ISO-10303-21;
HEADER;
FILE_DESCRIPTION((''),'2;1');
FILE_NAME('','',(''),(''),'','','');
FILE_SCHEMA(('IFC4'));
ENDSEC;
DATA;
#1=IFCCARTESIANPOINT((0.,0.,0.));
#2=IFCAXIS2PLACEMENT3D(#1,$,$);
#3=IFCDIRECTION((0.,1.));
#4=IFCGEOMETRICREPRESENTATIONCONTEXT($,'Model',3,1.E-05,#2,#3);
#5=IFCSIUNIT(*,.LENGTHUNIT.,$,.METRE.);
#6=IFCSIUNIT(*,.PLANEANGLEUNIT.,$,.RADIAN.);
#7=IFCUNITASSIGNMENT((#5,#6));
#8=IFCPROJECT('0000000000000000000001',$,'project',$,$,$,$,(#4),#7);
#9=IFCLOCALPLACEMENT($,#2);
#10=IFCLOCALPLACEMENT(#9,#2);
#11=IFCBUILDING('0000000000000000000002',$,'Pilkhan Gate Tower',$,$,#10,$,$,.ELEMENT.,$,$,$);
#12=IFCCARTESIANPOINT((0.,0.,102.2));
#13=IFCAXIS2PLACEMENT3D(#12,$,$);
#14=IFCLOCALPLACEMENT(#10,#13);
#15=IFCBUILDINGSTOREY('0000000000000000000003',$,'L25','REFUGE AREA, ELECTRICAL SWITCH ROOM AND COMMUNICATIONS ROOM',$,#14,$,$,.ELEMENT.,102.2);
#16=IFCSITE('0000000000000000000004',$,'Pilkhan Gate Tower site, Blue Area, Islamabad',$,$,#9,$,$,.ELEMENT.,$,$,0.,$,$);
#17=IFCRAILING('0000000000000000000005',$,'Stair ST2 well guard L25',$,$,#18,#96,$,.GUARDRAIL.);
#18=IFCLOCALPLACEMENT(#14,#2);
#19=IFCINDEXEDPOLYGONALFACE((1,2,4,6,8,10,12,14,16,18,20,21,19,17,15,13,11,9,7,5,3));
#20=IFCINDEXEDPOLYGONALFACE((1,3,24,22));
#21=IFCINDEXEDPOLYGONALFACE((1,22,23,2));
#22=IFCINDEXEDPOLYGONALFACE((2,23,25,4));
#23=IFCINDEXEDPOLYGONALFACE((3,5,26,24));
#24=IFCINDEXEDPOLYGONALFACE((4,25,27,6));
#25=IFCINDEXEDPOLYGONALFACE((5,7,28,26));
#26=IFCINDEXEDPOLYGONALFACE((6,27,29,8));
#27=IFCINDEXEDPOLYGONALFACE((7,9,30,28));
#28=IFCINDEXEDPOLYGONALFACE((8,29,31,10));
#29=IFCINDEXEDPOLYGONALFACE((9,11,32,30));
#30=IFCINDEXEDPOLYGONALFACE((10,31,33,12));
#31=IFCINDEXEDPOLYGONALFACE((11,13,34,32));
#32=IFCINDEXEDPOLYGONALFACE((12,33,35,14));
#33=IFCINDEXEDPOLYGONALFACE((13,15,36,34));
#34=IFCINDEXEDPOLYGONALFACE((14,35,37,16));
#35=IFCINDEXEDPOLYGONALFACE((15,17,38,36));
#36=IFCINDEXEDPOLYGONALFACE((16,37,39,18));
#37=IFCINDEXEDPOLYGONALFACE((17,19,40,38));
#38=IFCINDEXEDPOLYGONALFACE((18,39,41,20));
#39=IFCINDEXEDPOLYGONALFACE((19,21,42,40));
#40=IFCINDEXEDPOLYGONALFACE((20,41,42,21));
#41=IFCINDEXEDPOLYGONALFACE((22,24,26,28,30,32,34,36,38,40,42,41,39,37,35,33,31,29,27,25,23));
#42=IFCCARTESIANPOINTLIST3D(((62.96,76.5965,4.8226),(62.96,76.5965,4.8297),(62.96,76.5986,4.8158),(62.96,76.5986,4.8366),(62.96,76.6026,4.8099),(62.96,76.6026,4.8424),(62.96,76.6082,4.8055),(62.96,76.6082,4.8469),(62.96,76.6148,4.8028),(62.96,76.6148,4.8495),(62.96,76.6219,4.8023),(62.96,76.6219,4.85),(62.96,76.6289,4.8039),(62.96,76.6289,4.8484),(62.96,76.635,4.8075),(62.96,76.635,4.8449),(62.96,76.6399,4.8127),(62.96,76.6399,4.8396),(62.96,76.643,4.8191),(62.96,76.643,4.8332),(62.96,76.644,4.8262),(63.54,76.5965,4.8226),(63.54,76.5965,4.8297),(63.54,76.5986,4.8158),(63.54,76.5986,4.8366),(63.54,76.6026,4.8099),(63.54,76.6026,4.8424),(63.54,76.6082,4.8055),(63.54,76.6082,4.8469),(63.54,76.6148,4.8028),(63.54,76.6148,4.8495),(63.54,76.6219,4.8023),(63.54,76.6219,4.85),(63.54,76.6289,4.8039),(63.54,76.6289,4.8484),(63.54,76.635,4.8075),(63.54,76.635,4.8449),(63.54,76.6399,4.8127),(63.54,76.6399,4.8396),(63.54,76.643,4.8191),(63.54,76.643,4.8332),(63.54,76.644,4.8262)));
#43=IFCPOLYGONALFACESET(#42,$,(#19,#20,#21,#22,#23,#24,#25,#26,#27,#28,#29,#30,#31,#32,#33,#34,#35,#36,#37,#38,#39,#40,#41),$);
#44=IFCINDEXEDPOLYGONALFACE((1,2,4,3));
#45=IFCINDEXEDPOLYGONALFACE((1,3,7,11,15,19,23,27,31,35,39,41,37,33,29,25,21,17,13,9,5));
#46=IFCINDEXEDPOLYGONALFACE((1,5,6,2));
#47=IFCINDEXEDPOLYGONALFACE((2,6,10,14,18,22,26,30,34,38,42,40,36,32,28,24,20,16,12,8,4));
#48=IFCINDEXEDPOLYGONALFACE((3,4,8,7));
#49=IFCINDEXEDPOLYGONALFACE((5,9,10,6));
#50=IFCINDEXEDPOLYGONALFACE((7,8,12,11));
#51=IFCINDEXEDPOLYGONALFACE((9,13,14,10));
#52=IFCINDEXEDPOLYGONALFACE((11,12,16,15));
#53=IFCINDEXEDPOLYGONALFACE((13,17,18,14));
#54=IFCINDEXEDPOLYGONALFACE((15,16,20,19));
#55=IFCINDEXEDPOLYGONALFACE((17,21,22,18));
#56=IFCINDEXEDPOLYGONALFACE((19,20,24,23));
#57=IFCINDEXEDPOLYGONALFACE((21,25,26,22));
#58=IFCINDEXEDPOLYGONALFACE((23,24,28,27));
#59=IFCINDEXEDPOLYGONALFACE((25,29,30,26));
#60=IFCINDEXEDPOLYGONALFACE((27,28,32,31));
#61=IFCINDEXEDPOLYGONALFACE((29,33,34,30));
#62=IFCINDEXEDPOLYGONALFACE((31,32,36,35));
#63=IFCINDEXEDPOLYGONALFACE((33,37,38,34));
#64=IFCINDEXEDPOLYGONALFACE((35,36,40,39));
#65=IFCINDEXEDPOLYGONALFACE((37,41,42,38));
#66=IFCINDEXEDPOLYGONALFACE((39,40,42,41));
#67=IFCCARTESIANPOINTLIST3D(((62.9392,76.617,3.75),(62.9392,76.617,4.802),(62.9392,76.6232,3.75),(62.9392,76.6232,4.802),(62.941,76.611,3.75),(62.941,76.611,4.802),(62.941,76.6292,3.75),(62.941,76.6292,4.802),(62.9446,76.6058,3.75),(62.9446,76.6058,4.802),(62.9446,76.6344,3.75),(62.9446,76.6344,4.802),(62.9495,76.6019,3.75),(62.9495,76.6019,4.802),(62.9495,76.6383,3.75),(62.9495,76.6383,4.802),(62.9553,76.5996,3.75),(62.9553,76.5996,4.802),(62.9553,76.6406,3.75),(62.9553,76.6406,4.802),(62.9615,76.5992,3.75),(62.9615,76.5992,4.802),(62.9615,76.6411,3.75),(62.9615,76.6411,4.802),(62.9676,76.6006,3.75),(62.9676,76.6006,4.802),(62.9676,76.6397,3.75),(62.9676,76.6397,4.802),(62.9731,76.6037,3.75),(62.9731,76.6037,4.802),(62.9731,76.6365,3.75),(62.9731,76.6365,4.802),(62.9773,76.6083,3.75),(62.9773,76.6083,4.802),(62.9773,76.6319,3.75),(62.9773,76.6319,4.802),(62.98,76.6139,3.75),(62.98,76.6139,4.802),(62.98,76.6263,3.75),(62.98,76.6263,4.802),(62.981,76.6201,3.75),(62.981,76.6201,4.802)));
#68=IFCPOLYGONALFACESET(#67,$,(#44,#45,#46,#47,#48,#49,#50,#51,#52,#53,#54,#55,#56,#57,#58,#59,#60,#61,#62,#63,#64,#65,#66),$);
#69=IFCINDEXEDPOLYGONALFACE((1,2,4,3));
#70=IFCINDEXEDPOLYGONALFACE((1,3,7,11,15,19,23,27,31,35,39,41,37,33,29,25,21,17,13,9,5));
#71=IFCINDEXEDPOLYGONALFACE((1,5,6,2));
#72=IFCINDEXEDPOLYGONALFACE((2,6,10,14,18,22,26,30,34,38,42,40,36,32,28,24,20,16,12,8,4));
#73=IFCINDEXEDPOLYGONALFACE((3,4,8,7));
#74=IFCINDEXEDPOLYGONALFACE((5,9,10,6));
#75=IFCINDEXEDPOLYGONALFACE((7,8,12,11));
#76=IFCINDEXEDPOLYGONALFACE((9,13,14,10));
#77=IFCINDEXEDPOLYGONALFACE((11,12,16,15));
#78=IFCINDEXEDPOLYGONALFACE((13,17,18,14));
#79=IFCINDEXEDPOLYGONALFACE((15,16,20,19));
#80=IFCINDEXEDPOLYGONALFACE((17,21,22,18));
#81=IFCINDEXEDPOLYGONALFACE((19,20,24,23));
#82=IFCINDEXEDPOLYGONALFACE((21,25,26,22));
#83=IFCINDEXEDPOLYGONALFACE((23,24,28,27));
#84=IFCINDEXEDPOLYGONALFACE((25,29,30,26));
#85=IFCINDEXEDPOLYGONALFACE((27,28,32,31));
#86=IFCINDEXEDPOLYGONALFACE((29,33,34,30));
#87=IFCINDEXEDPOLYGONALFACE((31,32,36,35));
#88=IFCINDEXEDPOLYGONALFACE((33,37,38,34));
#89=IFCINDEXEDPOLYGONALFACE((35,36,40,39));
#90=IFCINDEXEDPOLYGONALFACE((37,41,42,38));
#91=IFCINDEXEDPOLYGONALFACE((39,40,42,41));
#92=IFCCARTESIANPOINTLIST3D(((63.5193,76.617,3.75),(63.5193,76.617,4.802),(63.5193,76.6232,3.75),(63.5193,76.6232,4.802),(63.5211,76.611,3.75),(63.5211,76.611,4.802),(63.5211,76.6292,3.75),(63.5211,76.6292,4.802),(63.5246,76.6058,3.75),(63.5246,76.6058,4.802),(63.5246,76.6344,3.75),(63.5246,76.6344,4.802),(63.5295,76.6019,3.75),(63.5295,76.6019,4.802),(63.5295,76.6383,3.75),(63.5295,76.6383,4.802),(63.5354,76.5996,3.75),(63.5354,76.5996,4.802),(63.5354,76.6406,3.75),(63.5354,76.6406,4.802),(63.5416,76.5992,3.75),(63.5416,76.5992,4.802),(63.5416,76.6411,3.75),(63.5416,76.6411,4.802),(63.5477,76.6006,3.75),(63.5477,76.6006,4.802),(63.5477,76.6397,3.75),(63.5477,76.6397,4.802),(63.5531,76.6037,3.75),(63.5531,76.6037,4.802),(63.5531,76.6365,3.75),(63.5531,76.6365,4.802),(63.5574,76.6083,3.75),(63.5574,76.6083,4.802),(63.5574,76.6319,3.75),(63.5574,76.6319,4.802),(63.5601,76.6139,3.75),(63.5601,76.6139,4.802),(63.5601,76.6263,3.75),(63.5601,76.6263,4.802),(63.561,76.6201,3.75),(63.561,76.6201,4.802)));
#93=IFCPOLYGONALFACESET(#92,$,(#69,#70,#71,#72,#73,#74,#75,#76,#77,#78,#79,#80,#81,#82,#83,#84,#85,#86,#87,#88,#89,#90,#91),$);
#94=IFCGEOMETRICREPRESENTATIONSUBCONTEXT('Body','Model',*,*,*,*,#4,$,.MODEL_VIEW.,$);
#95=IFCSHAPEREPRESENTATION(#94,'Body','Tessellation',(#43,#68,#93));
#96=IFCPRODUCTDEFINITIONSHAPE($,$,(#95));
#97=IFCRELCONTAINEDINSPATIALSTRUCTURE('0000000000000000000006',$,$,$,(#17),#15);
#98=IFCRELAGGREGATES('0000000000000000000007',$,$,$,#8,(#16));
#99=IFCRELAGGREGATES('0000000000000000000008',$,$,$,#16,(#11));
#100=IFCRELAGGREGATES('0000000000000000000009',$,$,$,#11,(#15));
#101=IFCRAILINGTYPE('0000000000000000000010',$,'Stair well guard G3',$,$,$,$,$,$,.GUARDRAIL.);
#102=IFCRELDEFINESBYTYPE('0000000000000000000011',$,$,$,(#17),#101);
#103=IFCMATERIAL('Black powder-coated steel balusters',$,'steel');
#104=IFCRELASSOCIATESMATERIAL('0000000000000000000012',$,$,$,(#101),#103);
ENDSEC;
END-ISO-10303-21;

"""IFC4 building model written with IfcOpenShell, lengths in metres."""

from ifc_helpers import new_model, si_unit, direction, frame, origin, origin_2d, place, context, subcontext, project, spatial, circle, extrude, material, type_object, element, save


model = new_model("IFC4")

# Units and contexts
model_context = context("Model", 3, precision=1e-05, world=origin(), true_north=direction((0.0, 1.0)))
body_context = subcontext(model_context, "Body", "Model", "MODEL_VIEW")
ifc_project = project(units=[si_unit("LENGTHUNIT", "METRE"), si_unit("PLANEANGLEUNIT", "RADIAN")], contexts=[model_context])

# Site, building, storey
site_placement = place(None, origin())
site = spatial("IfcSite", under=ifc_project, at=site_placement, Name="Pilkhan Gate Tower site, Blue Area, Islamabad", CompositionType="ELEMENT", RefElevation=0.0)
building_placement = place(site_placement, origin())
building = spatial("IfcBuilding", under=site, at=building_placement, Name="Pilkhan Gate Tower", CompositionType="ELEMENT")
storey_placement = place(building_placement, frame((0.0, 0.0, 102.2)))
storey = spatial("IfcBuildingStorey", under=building, at=storey_placement, Name="L25", Description="REFUGE AREA, ELECTRICAL SWITCH ROOM AND COMMUNICATIONS ROOM", CompositionType="ELEMENT", Elevation=102.2)

# Railing
ifc_material_1 = material(Name="Black powder-coated steel balusters", Category="steel")
railing_type_1 = type_object("IfcRailingType", Name="Stair well guard G3", PredefinedType="GUARDRAIL", material=ifc_material_1)
for number, where, name in (
    (1, (62.96, 76.6201, 3.75), "Stair ST2 well guard L25"),
):
    element("IfcRailing", number, at=place(storey_placement, frame(where)), inside=storey, type_object=railing_type_1, Name=name, PredefinedType="GUARDRAIL", context=body_context, shape_type="SweptSolid", body=[
        extrude(circle(Radius=0.0239, at=origin_2d()), frame((0.0, 0.0, 1.0762), z_axis=(1.0, 0.0, 0.0), x_axis=(0.0, 1.0, 0.0)), (0.0, 0.0, 1.0), 0.5801),
        extrude(circle(Radius=0.021, at=origin_2d()), origin(), (0.0, 0.0, 1.0), 1.052),
        extrude(circle(Radius=0.021, at=origin_2d()), frame((0.5801, 0.0, 0.0)), (0.0, 0.0, 1.0), 1.052),
    ])

save(model, "model.ifc")
